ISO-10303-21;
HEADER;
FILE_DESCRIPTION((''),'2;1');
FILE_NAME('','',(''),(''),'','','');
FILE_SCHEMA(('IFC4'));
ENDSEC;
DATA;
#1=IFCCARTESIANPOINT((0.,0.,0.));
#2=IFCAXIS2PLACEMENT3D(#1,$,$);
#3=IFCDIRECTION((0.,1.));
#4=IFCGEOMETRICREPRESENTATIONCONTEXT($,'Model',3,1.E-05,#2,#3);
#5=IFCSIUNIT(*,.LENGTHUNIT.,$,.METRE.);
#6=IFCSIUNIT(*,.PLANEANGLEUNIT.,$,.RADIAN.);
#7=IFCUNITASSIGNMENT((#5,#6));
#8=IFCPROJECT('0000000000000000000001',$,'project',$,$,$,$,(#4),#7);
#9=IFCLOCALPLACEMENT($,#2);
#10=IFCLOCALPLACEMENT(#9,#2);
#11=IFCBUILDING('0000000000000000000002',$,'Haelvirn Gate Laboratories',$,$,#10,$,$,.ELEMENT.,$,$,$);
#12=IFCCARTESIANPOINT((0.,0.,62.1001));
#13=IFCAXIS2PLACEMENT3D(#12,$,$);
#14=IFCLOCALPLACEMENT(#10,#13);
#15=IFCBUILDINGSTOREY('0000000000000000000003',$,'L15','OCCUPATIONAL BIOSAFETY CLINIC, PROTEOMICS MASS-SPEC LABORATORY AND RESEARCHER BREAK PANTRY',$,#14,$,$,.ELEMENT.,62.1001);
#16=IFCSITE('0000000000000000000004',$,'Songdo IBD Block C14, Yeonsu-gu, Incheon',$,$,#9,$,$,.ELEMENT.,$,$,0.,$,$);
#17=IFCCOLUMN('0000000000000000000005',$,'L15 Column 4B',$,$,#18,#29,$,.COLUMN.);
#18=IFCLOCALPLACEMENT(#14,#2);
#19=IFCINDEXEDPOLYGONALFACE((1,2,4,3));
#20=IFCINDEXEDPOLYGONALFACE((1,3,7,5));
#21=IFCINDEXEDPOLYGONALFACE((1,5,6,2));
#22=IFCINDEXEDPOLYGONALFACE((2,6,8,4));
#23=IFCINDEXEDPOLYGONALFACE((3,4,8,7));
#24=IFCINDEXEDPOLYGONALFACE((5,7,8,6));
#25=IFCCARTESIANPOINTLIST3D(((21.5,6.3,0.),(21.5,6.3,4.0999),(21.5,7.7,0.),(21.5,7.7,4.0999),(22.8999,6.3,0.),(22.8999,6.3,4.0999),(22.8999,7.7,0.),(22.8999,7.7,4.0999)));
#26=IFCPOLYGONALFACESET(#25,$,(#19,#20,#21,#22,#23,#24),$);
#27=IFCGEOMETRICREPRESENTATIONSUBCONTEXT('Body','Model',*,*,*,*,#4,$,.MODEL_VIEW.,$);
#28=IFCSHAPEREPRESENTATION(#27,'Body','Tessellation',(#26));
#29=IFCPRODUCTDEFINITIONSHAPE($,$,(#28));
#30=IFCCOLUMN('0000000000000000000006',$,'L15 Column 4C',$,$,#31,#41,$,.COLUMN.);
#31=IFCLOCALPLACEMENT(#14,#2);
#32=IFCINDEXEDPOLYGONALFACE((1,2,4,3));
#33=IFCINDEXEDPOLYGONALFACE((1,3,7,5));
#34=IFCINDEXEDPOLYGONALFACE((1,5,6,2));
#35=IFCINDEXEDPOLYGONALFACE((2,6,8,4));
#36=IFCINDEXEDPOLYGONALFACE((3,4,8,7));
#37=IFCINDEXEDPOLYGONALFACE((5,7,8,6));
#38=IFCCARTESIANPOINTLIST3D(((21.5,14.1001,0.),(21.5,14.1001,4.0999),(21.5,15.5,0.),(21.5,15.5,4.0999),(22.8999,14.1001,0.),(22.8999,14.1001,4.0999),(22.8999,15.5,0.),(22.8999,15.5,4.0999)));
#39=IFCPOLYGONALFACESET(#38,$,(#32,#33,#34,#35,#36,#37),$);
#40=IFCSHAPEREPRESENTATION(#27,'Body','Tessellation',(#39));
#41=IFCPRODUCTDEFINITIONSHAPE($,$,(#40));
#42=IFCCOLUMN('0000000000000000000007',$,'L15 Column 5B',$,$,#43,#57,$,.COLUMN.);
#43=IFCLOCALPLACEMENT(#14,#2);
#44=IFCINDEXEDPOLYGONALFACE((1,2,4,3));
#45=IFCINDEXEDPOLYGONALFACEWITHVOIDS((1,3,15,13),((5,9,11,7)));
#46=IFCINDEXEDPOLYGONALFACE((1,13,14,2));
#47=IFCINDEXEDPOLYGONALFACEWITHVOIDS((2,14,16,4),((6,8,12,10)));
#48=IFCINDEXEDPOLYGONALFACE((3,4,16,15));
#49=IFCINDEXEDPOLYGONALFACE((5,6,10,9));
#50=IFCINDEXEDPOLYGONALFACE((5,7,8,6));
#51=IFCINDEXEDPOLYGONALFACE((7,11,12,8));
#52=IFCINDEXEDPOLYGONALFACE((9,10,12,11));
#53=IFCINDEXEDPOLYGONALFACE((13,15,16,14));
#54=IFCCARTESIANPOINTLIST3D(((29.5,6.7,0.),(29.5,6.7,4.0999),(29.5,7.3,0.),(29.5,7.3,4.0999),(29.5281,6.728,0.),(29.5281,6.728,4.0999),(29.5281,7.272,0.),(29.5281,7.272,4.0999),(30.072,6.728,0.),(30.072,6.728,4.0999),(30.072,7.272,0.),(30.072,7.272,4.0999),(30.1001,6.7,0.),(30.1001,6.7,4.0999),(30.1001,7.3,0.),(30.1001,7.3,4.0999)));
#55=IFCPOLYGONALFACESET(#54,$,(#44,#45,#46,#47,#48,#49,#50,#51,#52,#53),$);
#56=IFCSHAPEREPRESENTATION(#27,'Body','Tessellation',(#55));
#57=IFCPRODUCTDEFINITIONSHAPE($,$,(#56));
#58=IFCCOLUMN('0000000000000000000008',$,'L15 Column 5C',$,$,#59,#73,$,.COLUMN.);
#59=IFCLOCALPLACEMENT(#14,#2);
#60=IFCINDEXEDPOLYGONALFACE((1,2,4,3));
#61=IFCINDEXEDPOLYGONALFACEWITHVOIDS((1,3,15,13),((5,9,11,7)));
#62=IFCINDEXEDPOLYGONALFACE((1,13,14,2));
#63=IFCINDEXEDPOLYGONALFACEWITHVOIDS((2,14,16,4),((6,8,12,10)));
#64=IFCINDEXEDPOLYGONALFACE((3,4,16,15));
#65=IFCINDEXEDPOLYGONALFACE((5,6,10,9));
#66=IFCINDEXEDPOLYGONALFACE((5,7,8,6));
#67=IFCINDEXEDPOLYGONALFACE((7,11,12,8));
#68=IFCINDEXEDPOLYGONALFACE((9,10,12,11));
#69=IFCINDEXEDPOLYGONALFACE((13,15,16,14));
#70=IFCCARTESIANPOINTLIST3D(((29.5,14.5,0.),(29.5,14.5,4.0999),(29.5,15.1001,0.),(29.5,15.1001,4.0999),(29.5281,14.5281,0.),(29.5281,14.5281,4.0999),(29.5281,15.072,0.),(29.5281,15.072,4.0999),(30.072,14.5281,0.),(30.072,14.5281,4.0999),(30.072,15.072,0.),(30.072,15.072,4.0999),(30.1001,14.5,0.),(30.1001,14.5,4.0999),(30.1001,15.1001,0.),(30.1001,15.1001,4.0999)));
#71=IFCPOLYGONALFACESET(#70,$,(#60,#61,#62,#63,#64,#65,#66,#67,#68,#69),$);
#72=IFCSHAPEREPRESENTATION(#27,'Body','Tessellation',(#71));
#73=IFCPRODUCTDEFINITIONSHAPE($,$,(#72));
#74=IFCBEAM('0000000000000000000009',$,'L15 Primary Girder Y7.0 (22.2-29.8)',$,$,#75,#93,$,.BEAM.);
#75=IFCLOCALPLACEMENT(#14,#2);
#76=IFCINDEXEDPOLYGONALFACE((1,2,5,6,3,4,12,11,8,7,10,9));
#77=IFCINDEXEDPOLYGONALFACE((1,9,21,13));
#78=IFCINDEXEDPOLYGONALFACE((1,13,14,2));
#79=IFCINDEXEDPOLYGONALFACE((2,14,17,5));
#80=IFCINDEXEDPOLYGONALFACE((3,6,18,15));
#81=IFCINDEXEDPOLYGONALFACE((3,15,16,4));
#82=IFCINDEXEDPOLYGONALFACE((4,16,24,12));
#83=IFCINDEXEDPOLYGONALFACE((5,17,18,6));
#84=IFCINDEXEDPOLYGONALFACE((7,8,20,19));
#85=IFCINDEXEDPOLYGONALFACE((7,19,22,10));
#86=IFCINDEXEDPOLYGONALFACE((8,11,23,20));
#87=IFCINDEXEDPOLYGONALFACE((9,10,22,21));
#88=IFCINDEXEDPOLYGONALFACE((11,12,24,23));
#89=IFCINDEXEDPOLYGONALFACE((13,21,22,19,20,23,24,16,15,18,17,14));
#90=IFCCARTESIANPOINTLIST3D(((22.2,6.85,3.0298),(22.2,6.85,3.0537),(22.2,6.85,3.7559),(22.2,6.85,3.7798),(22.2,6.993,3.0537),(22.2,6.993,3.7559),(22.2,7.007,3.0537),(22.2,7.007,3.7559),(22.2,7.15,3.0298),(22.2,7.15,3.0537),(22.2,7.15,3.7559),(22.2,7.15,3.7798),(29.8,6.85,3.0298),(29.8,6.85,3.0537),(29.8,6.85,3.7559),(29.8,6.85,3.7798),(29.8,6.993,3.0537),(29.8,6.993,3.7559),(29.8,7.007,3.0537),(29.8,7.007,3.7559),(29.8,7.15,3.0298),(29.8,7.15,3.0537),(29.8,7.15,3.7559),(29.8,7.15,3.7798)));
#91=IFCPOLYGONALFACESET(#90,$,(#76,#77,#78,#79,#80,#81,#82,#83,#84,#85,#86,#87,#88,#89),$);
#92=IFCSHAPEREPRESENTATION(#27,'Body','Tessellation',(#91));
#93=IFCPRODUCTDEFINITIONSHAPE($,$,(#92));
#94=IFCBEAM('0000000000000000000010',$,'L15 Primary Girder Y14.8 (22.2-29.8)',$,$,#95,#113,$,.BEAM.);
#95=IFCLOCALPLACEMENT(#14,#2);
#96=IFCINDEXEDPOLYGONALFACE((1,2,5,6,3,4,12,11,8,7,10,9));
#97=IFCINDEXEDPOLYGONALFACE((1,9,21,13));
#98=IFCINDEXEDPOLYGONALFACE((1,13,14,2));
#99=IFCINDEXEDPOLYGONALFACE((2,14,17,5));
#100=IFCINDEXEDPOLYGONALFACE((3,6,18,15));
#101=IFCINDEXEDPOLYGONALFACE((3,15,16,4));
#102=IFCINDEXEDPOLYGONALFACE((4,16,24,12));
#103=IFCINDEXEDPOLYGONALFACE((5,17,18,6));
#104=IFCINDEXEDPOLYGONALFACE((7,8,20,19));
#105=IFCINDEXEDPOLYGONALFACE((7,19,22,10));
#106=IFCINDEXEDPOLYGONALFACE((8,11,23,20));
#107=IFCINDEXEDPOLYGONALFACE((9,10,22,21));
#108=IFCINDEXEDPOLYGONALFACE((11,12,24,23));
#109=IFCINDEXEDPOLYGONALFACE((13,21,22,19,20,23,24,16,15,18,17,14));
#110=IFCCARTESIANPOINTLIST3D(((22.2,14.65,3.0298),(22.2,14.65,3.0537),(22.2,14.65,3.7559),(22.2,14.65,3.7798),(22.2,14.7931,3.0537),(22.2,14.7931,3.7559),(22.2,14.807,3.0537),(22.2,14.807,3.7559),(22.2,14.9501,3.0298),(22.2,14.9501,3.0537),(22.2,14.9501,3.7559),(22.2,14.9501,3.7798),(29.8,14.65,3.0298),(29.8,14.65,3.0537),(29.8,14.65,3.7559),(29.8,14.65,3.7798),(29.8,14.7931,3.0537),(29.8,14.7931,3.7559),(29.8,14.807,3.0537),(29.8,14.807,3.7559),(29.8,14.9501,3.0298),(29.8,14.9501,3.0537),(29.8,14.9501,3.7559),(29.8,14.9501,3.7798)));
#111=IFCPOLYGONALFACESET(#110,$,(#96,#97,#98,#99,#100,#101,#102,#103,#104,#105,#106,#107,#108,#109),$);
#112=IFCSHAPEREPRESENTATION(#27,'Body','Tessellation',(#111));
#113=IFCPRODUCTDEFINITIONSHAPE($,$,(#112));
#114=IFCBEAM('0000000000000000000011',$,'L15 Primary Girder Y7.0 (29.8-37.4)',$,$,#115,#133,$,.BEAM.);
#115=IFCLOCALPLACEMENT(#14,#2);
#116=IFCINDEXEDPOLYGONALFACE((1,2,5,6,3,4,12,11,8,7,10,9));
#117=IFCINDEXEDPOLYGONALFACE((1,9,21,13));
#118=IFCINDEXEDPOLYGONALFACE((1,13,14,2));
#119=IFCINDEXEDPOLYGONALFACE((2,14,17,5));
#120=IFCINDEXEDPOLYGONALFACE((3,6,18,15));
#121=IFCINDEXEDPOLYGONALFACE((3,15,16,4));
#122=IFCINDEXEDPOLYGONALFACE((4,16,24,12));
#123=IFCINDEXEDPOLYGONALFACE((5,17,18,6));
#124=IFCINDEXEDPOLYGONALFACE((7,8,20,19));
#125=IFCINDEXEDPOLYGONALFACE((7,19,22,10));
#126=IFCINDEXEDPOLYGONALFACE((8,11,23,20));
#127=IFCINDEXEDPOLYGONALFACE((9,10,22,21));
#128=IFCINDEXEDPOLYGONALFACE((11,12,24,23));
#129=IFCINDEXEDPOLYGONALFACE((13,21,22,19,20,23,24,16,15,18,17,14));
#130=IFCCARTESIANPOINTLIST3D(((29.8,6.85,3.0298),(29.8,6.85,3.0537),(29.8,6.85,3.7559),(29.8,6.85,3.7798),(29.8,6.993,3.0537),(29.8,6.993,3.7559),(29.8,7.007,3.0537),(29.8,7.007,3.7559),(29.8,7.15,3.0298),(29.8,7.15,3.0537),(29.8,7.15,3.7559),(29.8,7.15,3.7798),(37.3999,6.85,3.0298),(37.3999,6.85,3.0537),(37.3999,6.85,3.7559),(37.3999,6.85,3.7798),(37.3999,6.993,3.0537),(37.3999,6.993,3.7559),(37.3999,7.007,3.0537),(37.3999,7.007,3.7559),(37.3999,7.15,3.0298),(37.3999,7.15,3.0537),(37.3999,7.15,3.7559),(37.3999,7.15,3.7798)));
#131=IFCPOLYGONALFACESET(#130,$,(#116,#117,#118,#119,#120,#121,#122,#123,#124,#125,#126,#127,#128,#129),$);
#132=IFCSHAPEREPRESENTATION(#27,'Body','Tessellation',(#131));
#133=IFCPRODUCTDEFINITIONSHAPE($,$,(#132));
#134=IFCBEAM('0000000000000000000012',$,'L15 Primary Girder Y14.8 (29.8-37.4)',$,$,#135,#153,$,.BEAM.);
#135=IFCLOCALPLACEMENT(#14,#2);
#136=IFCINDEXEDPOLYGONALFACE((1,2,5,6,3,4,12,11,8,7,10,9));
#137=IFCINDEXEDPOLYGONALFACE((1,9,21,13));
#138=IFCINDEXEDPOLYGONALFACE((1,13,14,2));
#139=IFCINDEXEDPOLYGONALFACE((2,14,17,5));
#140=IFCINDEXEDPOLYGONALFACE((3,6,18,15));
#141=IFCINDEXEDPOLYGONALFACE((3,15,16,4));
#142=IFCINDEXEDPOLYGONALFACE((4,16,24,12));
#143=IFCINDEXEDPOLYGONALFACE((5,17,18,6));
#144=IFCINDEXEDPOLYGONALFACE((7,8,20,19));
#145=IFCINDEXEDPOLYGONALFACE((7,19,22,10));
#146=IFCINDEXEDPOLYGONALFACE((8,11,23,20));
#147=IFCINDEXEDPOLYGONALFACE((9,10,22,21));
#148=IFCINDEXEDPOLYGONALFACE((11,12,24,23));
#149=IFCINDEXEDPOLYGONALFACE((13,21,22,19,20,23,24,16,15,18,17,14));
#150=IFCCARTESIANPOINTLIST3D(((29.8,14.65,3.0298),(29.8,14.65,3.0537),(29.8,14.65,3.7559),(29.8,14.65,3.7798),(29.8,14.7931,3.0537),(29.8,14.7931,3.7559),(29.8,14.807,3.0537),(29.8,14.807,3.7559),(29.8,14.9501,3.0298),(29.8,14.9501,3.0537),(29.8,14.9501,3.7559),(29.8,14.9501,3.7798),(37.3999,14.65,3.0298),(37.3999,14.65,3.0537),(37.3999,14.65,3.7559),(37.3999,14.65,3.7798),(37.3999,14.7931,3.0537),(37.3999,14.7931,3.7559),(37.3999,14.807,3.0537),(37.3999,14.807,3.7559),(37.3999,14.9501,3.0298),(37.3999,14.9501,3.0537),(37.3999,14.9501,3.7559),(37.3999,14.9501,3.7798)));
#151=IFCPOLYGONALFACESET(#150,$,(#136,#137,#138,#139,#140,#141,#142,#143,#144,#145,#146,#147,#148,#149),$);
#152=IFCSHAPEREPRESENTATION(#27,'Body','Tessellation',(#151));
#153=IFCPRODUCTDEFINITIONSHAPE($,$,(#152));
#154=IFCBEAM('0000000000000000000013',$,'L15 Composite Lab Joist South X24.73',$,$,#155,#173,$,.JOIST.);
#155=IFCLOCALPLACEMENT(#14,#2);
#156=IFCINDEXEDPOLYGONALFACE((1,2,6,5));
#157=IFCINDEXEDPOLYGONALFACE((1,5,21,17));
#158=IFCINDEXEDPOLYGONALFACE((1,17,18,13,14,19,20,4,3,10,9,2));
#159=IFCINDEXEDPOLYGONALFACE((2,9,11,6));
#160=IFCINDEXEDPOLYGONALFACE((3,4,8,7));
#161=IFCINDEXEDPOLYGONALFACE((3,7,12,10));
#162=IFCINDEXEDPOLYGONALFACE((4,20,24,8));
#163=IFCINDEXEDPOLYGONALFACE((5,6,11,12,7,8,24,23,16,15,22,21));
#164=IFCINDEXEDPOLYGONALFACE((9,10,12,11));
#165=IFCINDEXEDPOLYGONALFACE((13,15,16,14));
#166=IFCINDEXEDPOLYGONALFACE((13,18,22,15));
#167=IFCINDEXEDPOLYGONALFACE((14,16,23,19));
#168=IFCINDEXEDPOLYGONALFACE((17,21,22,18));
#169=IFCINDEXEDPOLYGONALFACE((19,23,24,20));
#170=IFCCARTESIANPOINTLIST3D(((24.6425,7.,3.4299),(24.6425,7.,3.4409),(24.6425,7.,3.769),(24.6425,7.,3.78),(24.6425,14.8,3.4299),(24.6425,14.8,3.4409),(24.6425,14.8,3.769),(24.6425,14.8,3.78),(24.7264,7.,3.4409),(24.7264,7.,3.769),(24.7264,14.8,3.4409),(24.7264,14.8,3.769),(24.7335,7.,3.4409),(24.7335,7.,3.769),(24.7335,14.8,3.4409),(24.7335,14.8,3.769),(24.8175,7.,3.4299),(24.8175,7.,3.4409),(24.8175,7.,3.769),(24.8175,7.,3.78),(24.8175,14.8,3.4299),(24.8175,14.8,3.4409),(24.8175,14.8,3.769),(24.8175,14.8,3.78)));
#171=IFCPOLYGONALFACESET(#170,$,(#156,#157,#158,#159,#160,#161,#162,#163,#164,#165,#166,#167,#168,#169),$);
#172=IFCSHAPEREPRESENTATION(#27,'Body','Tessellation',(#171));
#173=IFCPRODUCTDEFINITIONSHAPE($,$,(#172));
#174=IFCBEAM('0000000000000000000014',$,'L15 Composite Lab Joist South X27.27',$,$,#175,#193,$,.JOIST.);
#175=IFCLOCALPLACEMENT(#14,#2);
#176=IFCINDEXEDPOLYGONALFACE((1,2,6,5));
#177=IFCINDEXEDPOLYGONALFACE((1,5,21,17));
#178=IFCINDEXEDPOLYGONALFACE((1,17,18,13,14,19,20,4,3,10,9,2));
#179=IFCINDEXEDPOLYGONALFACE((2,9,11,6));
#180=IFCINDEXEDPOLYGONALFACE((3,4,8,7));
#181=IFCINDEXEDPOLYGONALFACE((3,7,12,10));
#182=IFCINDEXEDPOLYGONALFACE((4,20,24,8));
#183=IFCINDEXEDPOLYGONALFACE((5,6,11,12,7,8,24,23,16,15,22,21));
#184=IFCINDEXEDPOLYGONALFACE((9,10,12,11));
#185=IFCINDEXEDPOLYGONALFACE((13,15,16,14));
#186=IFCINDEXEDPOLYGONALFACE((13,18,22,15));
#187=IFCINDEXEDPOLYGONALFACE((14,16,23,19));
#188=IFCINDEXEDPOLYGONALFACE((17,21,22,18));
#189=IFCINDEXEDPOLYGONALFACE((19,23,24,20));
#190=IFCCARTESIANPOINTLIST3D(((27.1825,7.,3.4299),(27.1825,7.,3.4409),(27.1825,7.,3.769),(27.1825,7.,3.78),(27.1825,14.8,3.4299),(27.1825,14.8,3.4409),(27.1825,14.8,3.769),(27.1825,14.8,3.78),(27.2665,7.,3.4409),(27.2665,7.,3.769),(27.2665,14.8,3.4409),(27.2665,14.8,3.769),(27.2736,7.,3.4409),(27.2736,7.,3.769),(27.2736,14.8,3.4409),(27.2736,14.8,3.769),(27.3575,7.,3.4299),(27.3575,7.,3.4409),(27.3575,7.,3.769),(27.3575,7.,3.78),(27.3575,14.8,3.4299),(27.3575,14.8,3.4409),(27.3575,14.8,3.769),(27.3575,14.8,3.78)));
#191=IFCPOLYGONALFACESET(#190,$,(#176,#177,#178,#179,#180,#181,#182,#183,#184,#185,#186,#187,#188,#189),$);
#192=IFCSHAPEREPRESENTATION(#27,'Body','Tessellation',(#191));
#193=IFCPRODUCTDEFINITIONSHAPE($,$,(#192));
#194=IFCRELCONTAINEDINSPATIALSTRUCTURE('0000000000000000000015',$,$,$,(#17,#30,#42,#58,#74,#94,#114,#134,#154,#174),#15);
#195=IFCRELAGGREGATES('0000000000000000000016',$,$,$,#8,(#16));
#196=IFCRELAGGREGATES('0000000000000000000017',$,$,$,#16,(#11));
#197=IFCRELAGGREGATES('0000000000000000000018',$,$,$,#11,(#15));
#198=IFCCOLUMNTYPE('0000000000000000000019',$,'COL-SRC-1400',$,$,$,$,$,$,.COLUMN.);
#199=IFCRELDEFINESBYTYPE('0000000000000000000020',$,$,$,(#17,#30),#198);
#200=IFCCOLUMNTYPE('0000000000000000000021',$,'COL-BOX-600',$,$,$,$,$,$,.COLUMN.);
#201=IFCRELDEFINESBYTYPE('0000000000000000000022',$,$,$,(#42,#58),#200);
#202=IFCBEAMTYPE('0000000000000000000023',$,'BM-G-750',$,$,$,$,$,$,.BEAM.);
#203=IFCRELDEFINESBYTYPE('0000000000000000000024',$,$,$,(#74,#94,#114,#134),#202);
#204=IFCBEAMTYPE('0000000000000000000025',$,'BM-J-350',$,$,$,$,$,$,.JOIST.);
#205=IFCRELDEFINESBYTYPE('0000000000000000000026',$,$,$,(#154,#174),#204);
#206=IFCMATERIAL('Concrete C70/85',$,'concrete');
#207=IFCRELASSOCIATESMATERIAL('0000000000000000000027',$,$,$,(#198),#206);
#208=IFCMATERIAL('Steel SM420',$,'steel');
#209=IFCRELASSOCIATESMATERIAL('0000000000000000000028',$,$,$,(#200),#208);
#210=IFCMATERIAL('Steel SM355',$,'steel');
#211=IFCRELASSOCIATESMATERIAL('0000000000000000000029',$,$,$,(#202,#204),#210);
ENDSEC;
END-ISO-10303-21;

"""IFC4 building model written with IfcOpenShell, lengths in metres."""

from ifc_helpers import new_model, si_unit, direction, frame, origin, origin_2d, place, context, subcontext, project, spatial, rectangle, hollow_rectangle, i_section, extrude, source, transform, mapped, material, material_profile, profile_set, type_object, type_shapes, element, save


model = new_model("IFC4")

# Units and contexts
model_context = context("Model", 3, precision=1e-05, world=origin(), true_north=direction((0.0, 1.0)))
body_context = subcontext(model_context, "Body", "Model", "MODEL_VIEW")
ifc_project = project(units=[si_unit("LENGTHUNIT", "METRE"), si_unit("PLANEANGLEUNIT", "RADIAN")], contexts=[model_context])

# Site, building, storey
site_placement = place(None, origin())
site = spatial("IfcSite", under=ifc_project, at=site_placement, Name="Songdo IBD Block C14, Yeonsu-gu, Incheon", CompositionType="ELEMENT", RefElevation=0.0)
building_placement = place(site_placement, origin())
building = spatial("IfcBuilding", under=site, at=building_placement, Name="Haelvirn Gate Laboratories", CompositionType="ELEMENT")
storey_placement = place(building_placement, frame((0.0, 0.0, 62.1001)))
storey = spatial("IfcBuildingStorey", under=building, at=storey_placement, Name="L15", Description="OCCUPATIONAL BIOSAFETY CLINIC, PROTEOMICS MASS-SPEC LABORATORY AND RESEARCHER BREAK PANTRY", CompositionType="ELEMENT", Elevation=62.1001)

# Columns
ifc_material_1 = material(Name="Concrete C70/85", Category="concrete")
ifc_material_profile_1 = material_profile(ifc_material_1, rectangle(XDim=1.3999, YDim=1.3999, at=origin_2d()), Name="SRC-1400x1400")
ifc_profile_set_1 = profile_set([ifc_material_profile_1], Name="Concrete C70/85")
column_type_1 = type_object("IfcColumnType", Name="COL-SRC-1400", PredefinedType="COLUMN", material=ifc_profile_set_1)
shared_shape_1 = source(origin(), body_context, "Body", "SweptSolid", [
    extrude(rectangle(XDim=1.3999, YDim=1.3999, at=origin_2d()), origin(), (0.0, 0.0, 1.0), 4.0999),
])
type_shapes(column_type_1, [shared_shape_1])
for number, where, z_axis, x_axis, name in (
    (1, (22.2, 7.0, 0.0), (0.0, 0.0, 1.0), (1.0, 0.0, 0.0), "L15 Column 4B"),
    (2, (22.2, 14.8, 0.0), (0.0, 0.0, 1.0), (1.0, 0.0, 0.0), "L15 Column 4C"),
):
    element("IfcColumn", number, at=place(storey_placement, frame(where, z_axis=z_axis, x_axis=x_axis)), inside=storey, type_object=column_type_1, Name=name, PredefinedType="COLUMN", context=body_context, shape_type="MappedRepresentation", body=[
        mapped(shared_shape_1, transform((0.0, 0.0, 0.0), scale=1.0)),
    ])
ifc_material_2 = material(Name="Steel SM420", Category="steel")
ifc_material_profile_2 = material_profile(ifc_material_2, hollow_rectangle(XDim=0.6001, YDim=0.6001, WallThickness=0.0281, at=origin_2d()), Name="BOX-600x600x28")
ifc_profile_set_2 = profile_set([ifc_material_profile_2], Name="Steel SM420")
column_type_2 = type_object("IfcColumnType", Name="COL-BOX-600", PredefinedType="COLUMN", material=ifc_profile_set_2)
shared_shape_2 = source(origin(), body_context, "Body", "SweptSolid", [
    extrude(hollow_rectangle(XDim=0.6001, YDim=0.6001, WallThickness=0.0281, at=origin_2d()), origin(), (0.0, 0.0, 1.0), 4.0999),
])
type_shapes(column_type_2, [shared_shape_2])
for number, where, z_axis, x_axis, name in (
    (3, (29.8, 7.0, 0.0), (0.0, 0.0, 1.0), (1.0, 0.0, 0.0), "L15 Column 5B"),
    (4, (29.8, 14.8, 0.0), (0.0, 0.0, 1.0), (1.0, 0.0, 0.0), "L15 Column 5C"),
):
    element("IfcColumn", number, at=place(storey_placement, frame(where, z_axis=z_axis, x_axis=x_axis)), inside=storey, type_object=column_type_2, Name=name, PredefinedType="COLUMN", context=body_context, shape_type="MappedRepresentation", body=[
        mapped(shared_shape_2, transform((0.0, 0.0, 0.0), scale=1.0)),
    ])

# Beams
ifc_material_3 = material(Name="Steel SM355", Category="steel")
ifc_material_profile_3 = material_profile(ifc_material_3, i_section(OverallWidth=0.3, OverallDepth=0.75, WebThickness=0.0139, FlangeThickness=0.0239, at=origin_2d()), Name="H-750x300x14x24")
ifc_profile_set_3 = profile_set([ifc_material_profile_3], Name="Steel SM355")
beam_type_1 = type_object("IfcBeamType", Name="BM-G-750", PredefinedType="BEAM", material=ifc_profile_set_3)
shared_shape_3 = source(origin(), body_context, "Body", "SweptSolid", [
    extrude(i_section(OverallWidth=0.3, OverallDepth=0.75, WebThickness=0.0139, FlangeThickness=0.0239, at=origin_2d()), origin(), (0.0, 0.0, 1.0), 7.6001),
])
for number, where, z_axis, x_axis, name in (
    (5, (22.2, 7.0, 3.4048), (1.0, 0.0, 0.0), (0.0, 1.0, 0.0), "L15 Primary Girder Y7.0 (22.2-29.8)"),
    (6, (22.2, 14.8, 3.4048), (1.0, 0.0, 0.0), (0.0, 1.0, 0.0), "L15 Primary Girder Y14.8 (22.2-29.8)"),
):
    element("IfcBeam", number, at=place(storey_placement, frame(where, z_axis=z_axis, x_axis=x_axis)), inside=storey, type_object=beam_type_1, Name=name, PredefinedType="BEAM", context=body_context, shape_type="MappedRepresentation", body=[
        mapped(shared_shape_3, transform((0.0, 0.0, 0.0), scale=1.0)),
    ])
shared_shape_4 = source(origin(), body_context, "Body", "SweptSolid", [
    extrude(i_section(OverallWidth=0.3, OverallDepth=0.75, WebThickness=0.0139, FlangeThickness=0.0239, at=origin_2d()), origin(), (0.0, 0.0, 1.0), 7.5999),
])
type_shapes(beam_type_1, [shared_shape_3, shared_shape_4])
for number, where, z_axis, x_axis, name in (
    (7, (29.8, 7.0, 3.4048), (1.0, 0.0, 0.0), (0.0, 1.0, 0.0), "L15 Primary Girder Y7.0 (29.8-37.4)"),
    (8, (29.8, 14.8, 3.4048), (1.0, 0.0, 0.0), (0.0, 1.0, 0.0), "L15 Primary Girder Y14.8 (29.8-37.4)"),
):
    element("IfcBeam", number, at=place(storey_placement, frame(where, z_axis=z_axis, x_axis=x_axis)), inside=storey, type_object=beam_type_1, Name=name, PredefinedType="BEAM", context=body_context, shape_type="MappedRepresentation", body=[
        mapped(shared_shape_4, transform((0.0, 0.0, 0.0), scale=1.0)),
    ])
ifc_material_profile_4 = material_profile(ifc_material_3, i_section(OverallWidth=0.175, OverallDepth=0.3501, WebThickness=0.0071, FlangeThickness=0.011, at=origin_2d()), Name="H-350x175x7x11")
ifc_profile_set_4 = profile_set([ifc_material_profile_4], Name="Steel SM355")
beam_type_2 = type_object("IfcBeamType", Name="BM-J-350", PredefinedType="JOIST", material=ifc_profile_set_4)
shared_shape_5 = source(origin(), body_context, "Body", "SweptSolid", [
    extrude(i_section(OverallWidth=0.175, OverallDepth=0.3501, WebThickness=0.0071, FlangeThickness=0.011, at=origin_2d()), origin(), (0.0, 0.0, 1.0), 7.8),
])
type_shapes(beam_type_2, [shared_shape_5])
for number, where, z_axis, x_axis, name in (
    (9, (24.73, 7.0, 3.605), (0.0, 1.0, 0.0), (-1.0, 0.0, 0.0), "L15 Composite Lab Joist South X24.73"),
    (10, (27.27, 7.0, 3.605), (0.0, 1.0, 0.0), (-1.0, 0.0, 0.0), "L15 Composite Lab Joist South X27.27"),
):
    element("IfcBeam", number, at=place(storey_placement, frame(where, z_axis=z_axis, x_axis=x_axis)), inside=storey, type_object=beam_type_2, Name=name, PredefinedType="JOIST", context=body_context, shape_type="MappedRepresentation", body=[
        mapped(shared_shape_5, transform((0.0, 0.0, 0.0), scale=1.0)),
    ])

save(model, "model.ifc")
